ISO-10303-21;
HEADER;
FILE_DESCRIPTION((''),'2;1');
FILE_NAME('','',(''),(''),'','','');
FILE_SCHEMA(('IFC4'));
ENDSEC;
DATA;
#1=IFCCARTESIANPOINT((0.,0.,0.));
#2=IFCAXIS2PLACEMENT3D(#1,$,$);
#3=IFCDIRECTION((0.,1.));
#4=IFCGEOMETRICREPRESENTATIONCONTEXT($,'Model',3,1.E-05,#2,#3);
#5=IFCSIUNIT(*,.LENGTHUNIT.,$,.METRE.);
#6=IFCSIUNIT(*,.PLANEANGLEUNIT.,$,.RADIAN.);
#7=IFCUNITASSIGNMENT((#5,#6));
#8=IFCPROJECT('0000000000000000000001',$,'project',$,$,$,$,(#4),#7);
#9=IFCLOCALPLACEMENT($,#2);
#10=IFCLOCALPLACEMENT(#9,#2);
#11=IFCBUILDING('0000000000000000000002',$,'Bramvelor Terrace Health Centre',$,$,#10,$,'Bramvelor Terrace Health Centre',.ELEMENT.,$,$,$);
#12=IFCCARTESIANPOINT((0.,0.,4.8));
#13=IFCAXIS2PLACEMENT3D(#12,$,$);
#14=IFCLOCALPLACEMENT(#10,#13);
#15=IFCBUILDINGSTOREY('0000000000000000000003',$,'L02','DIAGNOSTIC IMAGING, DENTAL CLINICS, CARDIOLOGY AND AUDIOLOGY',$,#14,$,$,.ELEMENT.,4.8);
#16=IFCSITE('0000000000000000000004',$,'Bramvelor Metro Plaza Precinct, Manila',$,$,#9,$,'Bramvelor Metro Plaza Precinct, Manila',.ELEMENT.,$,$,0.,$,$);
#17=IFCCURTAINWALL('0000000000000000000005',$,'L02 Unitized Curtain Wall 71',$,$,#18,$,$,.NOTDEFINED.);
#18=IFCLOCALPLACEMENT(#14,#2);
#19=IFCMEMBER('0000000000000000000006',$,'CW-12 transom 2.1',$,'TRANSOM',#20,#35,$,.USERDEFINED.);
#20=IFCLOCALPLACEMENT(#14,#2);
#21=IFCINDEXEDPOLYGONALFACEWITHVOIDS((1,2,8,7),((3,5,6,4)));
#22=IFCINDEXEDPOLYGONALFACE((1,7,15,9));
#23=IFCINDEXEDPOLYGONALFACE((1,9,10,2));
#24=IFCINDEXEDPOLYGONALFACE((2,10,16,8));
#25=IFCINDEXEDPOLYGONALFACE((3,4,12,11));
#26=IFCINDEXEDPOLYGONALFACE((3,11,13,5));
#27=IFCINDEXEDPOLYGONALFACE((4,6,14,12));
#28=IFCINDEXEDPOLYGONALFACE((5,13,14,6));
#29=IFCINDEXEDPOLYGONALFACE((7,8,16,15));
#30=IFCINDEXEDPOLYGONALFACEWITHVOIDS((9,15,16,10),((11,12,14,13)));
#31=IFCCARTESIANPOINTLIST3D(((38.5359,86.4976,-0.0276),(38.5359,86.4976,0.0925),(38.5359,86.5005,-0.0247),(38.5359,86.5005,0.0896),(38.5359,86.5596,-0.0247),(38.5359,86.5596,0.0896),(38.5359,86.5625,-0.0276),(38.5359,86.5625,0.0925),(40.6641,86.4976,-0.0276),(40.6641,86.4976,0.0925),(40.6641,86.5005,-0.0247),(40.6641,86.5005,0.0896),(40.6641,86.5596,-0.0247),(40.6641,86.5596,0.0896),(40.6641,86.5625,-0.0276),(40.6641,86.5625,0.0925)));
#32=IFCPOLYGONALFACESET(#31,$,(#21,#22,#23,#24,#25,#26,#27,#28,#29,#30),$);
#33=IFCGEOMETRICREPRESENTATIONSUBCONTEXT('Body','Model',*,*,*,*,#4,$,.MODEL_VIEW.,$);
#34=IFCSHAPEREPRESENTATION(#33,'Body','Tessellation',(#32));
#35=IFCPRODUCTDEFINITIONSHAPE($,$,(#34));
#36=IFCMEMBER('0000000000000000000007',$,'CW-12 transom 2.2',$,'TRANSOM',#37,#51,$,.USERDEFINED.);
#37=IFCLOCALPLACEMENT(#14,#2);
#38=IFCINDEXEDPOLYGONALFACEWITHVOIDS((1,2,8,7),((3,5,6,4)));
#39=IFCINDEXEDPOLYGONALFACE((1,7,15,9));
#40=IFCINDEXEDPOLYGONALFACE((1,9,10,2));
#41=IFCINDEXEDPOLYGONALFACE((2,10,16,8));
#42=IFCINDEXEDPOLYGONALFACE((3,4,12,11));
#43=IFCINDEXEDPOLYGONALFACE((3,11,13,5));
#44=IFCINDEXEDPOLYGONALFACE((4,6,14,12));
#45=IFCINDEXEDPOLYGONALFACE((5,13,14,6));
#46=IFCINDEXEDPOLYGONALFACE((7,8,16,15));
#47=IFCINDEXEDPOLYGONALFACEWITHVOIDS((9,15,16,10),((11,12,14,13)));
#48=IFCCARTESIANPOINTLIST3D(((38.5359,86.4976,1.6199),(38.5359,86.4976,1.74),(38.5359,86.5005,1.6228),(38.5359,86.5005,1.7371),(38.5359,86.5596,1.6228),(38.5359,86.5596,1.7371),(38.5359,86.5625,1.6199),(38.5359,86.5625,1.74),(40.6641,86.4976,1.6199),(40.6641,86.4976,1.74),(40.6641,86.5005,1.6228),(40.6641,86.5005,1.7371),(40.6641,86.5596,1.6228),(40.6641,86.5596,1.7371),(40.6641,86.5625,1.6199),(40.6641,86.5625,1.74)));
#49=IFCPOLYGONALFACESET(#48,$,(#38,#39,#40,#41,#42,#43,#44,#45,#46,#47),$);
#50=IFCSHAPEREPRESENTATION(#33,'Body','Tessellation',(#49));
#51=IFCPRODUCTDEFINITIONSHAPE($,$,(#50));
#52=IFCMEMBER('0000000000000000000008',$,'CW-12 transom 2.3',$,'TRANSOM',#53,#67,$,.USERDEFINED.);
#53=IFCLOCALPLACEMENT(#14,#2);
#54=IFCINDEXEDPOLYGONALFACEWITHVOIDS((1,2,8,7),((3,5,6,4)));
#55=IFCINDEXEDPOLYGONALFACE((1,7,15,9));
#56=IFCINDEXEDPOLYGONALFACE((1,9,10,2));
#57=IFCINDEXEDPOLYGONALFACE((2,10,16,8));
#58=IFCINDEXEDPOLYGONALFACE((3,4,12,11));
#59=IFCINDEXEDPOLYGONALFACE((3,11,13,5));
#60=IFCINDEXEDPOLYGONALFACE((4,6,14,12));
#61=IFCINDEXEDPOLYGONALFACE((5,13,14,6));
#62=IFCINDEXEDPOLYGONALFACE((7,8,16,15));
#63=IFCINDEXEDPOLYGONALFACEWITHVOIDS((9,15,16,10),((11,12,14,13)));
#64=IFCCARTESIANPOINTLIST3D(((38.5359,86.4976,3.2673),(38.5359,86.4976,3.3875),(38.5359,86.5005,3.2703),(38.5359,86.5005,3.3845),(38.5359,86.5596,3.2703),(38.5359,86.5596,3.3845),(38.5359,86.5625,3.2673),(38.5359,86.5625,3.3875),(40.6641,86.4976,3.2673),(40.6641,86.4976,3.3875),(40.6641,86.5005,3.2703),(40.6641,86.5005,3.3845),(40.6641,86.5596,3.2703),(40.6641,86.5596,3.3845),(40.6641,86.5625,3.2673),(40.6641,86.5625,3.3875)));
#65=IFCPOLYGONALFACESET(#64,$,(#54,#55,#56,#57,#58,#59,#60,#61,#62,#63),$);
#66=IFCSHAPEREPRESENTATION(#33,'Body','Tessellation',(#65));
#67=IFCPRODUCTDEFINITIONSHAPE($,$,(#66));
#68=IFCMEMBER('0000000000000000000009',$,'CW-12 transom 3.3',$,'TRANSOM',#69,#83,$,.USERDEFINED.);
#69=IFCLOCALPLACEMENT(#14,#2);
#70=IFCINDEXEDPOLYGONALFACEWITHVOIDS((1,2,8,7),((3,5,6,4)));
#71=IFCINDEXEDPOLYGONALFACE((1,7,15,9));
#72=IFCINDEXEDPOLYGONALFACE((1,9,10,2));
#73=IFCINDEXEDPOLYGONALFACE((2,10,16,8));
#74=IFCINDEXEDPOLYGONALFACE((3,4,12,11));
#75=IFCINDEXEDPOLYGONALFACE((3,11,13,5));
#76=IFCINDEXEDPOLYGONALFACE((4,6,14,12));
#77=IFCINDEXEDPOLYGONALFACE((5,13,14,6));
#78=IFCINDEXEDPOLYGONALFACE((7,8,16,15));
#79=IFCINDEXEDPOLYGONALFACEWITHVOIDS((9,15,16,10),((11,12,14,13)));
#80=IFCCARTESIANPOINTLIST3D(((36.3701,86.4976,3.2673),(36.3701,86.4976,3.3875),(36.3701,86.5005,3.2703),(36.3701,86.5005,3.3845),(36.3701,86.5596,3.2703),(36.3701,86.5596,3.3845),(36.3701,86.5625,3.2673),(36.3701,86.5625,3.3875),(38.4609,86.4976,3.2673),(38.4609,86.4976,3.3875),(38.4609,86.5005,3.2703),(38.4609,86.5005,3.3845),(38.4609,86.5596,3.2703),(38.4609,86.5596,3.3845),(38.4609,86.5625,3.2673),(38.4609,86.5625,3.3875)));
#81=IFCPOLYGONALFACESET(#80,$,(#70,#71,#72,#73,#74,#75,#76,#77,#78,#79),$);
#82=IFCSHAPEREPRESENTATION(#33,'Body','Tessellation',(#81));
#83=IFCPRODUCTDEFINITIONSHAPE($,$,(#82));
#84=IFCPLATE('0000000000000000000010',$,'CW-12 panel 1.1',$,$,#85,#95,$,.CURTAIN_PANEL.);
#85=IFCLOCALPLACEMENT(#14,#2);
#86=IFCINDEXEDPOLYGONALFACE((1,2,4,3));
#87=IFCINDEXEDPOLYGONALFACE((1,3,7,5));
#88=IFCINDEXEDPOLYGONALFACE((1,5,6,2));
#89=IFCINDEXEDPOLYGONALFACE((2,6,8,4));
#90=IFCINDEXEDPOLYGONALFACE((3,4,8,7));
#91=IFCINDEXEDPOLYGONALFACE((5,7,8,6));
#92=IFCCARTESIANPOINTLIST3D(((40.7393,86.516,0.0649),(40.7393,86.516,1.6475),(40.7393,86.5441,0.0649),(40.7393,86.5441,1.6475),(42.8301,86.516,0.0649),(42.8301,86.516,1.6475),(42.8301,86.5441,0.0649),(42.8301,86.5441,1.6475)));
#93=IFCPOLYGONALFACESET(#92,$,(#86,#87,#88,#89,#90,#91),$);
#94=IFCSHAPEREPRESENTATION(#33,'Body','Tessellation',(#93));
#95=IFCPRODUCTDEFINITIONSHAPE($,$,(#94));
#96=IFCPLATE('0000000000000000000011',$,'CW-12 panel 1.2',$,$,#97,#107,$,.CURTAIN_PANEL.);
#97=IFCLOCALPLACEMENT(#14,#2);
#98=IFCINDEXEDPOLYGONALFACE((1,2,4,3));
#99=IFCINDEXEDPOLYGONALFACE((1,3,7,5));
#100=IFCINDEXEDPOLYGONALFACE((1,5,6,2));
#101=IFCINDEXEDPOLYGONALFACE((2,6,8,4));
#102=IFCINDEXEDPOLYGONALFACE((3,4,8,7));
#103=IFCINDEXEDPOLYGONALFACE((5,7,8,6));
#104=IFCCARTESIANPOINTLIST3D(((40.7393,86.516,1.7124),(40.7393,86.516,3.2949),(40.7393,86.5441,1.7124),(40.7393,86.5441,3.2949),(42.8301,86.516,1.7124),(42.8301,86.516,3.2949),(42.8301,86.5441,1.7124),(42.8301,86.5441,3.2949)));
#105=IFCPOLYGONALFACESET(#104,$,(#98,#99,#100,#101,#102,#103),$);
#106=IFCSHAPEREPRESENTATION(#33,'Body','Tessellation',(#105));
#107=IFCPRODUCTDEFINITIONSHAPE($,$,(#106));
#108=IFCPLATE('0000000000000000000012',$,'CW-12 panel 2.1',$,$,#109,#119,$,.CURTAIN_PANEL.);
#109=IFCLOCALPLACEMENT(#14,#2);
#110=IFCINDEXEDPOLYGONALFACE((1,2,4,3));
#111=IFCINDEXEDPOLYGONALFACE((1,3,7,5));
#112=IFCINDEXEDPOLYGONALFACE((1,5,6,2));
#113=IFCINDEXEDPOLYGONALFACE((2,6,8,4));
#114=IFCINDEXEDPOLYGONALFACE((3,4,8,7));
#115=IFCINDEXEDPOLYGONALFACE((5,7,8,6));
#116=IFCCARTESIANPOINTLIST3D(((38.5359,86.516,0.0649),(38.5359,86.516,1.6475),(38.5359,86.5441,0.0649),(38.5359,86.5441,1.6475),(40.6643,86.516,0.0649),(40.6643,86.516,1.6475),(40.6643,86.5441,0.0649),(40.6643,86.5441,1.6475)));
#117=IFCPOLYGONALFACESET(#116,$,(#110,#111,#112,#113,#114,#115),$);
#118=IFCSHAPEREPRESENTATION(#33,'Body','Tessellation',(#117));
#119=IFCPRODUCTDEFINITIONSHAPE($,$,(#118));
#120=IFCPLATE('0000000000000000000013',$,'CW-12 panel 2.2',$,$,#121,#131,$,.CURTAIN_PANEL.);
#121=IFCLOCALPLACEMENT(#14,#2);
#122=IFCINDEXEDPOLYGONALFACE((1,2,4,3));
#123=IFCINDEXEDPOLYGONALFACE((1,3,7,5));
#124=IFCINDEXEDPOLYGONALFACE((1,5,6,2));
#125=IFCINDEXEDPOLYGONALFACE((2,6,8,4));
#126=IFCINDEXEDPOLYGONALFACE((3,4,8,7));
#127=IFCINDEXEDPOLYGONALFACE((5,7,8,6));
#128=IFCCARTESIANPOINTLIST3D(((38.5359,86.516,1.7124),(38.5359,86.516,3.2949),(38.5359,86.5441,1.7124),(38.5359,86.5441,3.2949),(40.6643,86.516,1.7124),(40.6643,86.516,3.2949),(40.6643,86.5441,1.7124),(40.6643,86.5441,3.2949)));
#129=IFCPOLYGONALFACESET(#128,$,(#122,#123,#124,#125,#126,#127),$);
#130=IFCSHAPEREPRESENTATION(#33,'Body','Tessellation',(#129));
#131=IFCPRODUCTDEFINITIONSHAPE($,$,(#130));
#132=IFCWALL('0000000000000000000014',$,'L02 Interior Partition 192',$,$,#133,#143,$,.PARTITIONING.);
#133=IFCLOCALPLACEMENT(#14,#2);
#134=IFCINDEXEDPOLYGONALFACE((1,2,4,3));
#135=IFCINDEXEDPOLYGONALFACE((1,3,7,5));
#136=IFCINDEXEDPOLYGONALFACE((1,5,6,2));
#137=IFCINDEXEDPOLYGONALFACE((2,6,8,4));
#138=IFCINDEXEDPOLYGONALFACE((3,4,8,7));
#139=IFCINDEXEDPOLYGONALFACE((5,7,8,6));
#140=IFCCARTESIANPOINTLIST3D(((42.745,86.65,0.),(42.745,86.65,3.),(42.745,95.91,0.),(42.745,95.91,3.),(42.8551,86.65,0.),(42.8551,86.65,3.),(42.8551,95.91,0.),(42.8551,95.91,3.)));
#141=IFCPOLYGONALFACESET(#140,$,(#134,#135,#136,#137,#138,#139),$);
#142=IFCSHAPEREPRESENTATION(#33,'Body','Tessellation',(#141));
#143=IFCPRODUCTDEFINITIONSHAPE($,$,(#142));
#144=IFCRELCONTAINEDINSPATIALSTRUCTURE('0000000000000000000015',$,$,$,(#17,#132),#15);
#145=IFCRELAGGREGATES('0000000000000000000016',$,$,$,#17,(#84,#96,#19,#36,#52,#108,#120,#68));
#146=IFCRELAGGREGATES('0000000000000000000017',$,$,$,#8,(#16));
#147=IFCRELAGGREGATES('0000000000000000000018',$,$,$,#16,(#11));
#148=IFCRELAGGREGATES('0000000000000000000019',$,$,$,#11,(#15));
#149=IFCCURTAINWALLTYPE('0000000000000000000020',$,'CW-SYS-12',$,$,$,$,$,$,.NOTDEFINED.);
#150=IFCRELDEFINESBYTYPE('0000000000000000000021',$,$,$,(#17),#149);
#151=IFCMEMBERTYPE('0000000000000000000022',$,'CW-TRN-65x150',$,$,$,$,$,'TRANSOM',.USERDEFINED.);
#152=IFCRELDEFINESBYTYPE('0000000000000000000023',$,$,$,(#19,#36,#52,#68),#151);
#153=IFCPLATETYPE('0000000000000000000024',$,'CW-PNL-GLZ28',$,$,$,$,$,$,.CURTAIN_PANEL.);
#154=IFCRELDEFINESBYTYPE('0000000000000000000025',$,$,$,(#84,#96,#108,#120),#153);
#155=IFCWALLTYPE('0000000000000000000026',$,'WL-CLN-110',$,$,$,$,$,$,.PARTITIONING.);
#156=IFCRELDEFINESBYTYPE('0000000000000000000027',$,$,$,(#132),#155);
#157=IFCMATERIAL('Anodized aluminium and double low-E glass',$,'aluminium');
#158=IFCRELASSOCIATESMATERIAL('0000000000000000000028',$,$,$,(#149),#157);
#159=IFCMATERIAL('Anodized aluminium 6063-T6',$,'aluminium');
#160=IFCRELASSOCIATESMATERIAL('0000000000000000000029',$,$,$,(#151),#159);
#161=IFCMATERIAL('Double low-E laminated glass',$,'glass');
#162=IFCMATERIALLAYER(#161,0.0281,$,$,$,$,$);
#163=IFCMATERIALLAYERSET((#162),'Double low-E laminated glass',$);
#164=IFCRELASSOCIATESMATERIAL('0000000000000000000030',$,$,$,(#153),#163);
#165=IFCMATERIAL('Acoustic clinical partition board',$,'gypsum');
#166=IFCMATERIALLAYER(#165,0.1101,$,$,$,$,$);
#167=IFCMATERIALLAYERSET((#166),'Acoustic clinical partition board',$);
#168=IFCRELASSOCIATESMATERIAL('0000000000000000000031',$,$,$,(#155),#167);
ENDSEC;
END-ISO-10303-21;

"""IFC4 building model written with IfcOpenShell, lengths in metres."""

from ifc_helpers import new_model, si_unit, direction, frame, frame_2d, origin, origin_2d, place, context, subcontext, project, spatial, rectangle, hollow_rectangle, extrude, material, layer, layer_set, material_profile, profile_set, type_object, element, aggregate, save


model = new_model("IFC4")

# Units and contexts
model_context = context("Model", 3, precision=1e-05, world=origin(), true_north=direction((0.0, 1.0)))
body_context = subcontext(model_context, "Body", "Model", "MODEL_VIEW")
ifc_project = project(units=[si_unit("LENGTHUNIT", "METRE"), si_unit("PLANEANGLEUNIT", "RADIAN")], contexts=[model_context])

# Site, building, storey
site_placement = place(None, origin())
site = spatial("IfcSite", under=ifc_project, at=site_placement, Name="Bramvelor Metro Plaza Precinct, Manila", LongName="Bramvelor Metro Plaza Precinct, Manila", CompositionType="ELEMENT", RefElevation=0.0)
building_placement = place(site_placement, origin())
building = spatial("IfcBuilding", under=site, at=building_placement, Name="Bramvelor Terrace Health Centre", LongName="Bramvelor Terrace Health Centre", CompositionType="ELEMENT")
storey_placement = place(building_placement, frame((0.0, 0.0, 4.8)))
storey = spatial("IfcBuildingStorey", under=building, at=storey_placement, Name="L02", Description="DIAGNOSTIC IMAGING, DENTAL CLINICS, CARDIOLOGY AND AUDIOLOGY", CompositionType="ELEMENT", Elevation=4.8)

# Curtain wall, members, plates
ifc_material_1 = material(Name="Anodized aluminium and double low-E glass", Category="aluminium")
curtain_wall_type = type_object("IfcCurtainWallType", Name="CW-SYS-12", PredefinedType="NOTDEFINED", material=ifc_material_1)
curtain_wall_placement = place(storey_placement, origin())
curtain_wall = element("IfcCurtainWall", 1, at=curtain_wall_placement, inside=storey, type_object=curtain_wall_type, Name="L02 Unitized Curtain Wall 71", PredefinedType="NOTDEFINED")
ifc_material_2 = material(Name="Anodized aluminium 6063-T6", Category="aluminium")
ifc_material_profile_1 = material_profile(ifc_material_2, hollow_rectangle(XDim=0.0649, YDim=0.1201, WallThickness=0.0029, at=origin_2d()), Name="ALU-TRN 65x120x3.0")
ifc_profile_set_1 = profile_set([ifc_material_profile_1], Name="Anodized aluminium 6063-T6")
member_type_1 = type_object("IfcMemberType", Name="CW-TRN-65x150", ElementType="TRANSOM", PredefinedType="USERDEFINED", material=ifc_profile_set_1)
member_1_placement = place(storey_placement, frame((40.6641, 86.53, 0.0325), z_axis=(-1.0, 0.0, 0.0), x_axis=(0.0, -1.0, 0.0)))
member_1 = element("IfcMember", 2, at=member_1_placement, type_object=member_type_1, Name="CW-12 transom 2.1", ObjectType="TRANSOM", PredefinedType="USERDEFINED", context=body_context, shape_type="SweptSolid", body=[
    extrude(hollow_rectangle(XDim=0.0649, YDim=0.1201, WallThickness=0.0029, at=origin_2d()), origin(), (0.0, 0.0, 1.0), 2.1282),
])
member_2_placement = place(storey_placement, frame((40.6641, 86.53, 1.6799), z_axis=(-1.0, 0.0, 0.0), x_axis=(0.0, -1.0, 0.0)))
member_2 = element("IfcMember", 3, at=member_2_placement, type_object=member_type_1, Name="CW-12 transom 2.2", ObjectType="TRANSOM", PredefinedType="USERDEFINED", context=body_context, shape_type="SweptSolid", body=[
    extrude(hollow_rectangle(XDim=0.0649, YDim=0.1201, WallThickness=0.0029, at=origin_2d()), origin(), (0.0, 0.0, 1.0), 2.1282),
])
member_3_placement = place(storey_placement, frame((40.6641, 86.53, 3.3274), z_axis=(-1.0, 0.0, 0.0), x_axis=(0.0, -1.0, 0.0)))
member_3 = element("IfcMember", 4, at=member_3_placement, type_object=member_type_1, Name="CW-12 transom 2.3", ObjectType="TRANSOM", PredefinedType="USERDEFINED", context=body_context, shape_type="SweptSolid", body=[
    extrude(hollow_rectangle(XDim=0.0649, YDim=0.1201, WallThickness=0.0029, at=origin_2d()), origin(), (0.0, 0.0, 1.0), 2.1282),
])
member_4_placement = place(storey_placement, frame((38.4609, 86.53, 3.3274), z_axis=(-1.0, 0.0, 0.0), x_axis=(0.0, -1.0, 0.0)))
member_4 = element("IfcMember", 5, at=member_4_placement, type_object=member_type_1, Name="CW-12 transom 3.3", ObjectType="TRANSOM", PredefinedType="USERDEFINED", context=body_context, shape_type="SweptSolid", body=[
    extrude(hollow_rectangle(XDim=0.0649, YDim=0.1201, WallThickness=0.0029, at=origin_2d()), origin(), (0.0, 0.0, 1.0), 2.0908),
])
ifc_material_3 = material(Name="Double low-E laminated glass", Category="glass")
ifc_layer_1 = layer(ifc_material_3, 0.0281)
ifc_layer_set_1 = layer_set([ifc_layer_1], Name="Double low-E laminated glass")
plate_type = type_object("IfcPlateType", Name="CW-PNL-GLZ28", PredefinedType="CURTAIN_PANEL", material=ifc_layer_set_1)
plate_1_placement = place(storey_placement, frame((41.7847, 86.53, 0.0649), z_axis=(0.0, 0.0, 1.0), x_axis=(-1.0, 0.0, 0.0)))
plate_1 = element("IfcPlate", 6, at=plate_1_placement, type_object=plate_type, Name="CW-12 panel 1.1", PredefinedType="CURTAIN_PANEL", context=body_context, shape_type="SweptSolid", body=[
    extrude(rectangle(XDim=2.0908, YDim=0.0281, at=origin_2d()), origin(), (0.0, 0.0, 1.0), 1.5825),
])
plate_2_placement = place(storey_placement, frame((41.7847, 86.53, 1.7124), z_axis=(0.0, 0.0, 1.0), x_axis=(-1.0, 0.0, 0.0)))
plate_2 = element("IfcPlate", 7, at=plate_2_placement, type_object=plate_type, Name="CW-12 panel 1.2", PredefinedType="CURTAIN_PANEL", context=body_context, shape_type="SweptSolid", body=[
    extrude(rectangle(XDim=2.0908, YDim=0.0281, at=origin_2d()), origin(), (0.0, 0.0, 1.0), 1.5825),
])
plate_3_placement = place(storey_placement, frame((39.6001, 86.53, 0.0649), z_axis=(0.0, 0.0, 1.0), x_axis=(-1.0, 0.0, 0.0)))
plate_3 = element("IfcPlate", 8, at=plate_3_placement, type_object=plate_type, Name="CW-12 panel 2.1", PredefinedType="CURTAIN_PANEL", context=body_context, shape_type="SweptSolid", body=[
    extrude(rectangle(XDim=2.1284, YDim=0.0281, at=origin_2d()), origin(), (0.0, 0.0, 1.0), 1.5825),
])
plate_4_placement = place(storey_placement, frame((39.6001, 86.53, 1.7124), z_axis=(0.0, 0.0, 1.0), x_axis=(-1.0, 0.0, 0.0)))
plate_4 = element("IfcPlate", 9, at=plate_4_placement, type_object=plate_type, Name="CW-12 panel 2.2", PredefinedType="CURTAIN_PANEL", context=body_context, shape_type="SweptSolid", body=[
    extrude(rectangle(XDim=2.1284, YDim=0.0281, at=origin_2d()), origin(), (0.0, 0.0, 1.0), 1.5825),
])
aggregate(curtain_wall, [plate_1, plate_2, member_1, member_2, member_3, plate_3, plate_4, member_4])

# Wall
ifc_material_4 = material(Name="Acoustic clinical partition board", Category="gypsum")
ifc_layer_2 = layer(ifc_material_4, 0.1101)
ifc_layer_set_2 = layer_set([ifc_layer_2], Name="Acoustic clinical partition board")
wall_type = type_object("IfcWallType", Name="WL-CLN-110", PredefinedType="PARTITIONING", material=ifc_layer_set_2)
wall_placement = place(storey_placement, frame((42.8, 95.9099, 0.0), z_axis=(0.0, 0.0, 1.0), x_axis=(0.0, -1.0, 0.0)))
element("IfcWall", 10, at=wall_placement, inside=storey, type_object=wall_type, Name="L02 Interior Partition 192", PredefinedType="PARTITIONING", context=body_context, shape_type="SweptSolid", body=[
    extrude(rectangle(XDim=9.26, YDim=0.1101, at=frame_2d((4.6299, 0.0))), origin(), (0.0, 0.0, 1.0), 3.0),
])

save(model, "model.ifc")
